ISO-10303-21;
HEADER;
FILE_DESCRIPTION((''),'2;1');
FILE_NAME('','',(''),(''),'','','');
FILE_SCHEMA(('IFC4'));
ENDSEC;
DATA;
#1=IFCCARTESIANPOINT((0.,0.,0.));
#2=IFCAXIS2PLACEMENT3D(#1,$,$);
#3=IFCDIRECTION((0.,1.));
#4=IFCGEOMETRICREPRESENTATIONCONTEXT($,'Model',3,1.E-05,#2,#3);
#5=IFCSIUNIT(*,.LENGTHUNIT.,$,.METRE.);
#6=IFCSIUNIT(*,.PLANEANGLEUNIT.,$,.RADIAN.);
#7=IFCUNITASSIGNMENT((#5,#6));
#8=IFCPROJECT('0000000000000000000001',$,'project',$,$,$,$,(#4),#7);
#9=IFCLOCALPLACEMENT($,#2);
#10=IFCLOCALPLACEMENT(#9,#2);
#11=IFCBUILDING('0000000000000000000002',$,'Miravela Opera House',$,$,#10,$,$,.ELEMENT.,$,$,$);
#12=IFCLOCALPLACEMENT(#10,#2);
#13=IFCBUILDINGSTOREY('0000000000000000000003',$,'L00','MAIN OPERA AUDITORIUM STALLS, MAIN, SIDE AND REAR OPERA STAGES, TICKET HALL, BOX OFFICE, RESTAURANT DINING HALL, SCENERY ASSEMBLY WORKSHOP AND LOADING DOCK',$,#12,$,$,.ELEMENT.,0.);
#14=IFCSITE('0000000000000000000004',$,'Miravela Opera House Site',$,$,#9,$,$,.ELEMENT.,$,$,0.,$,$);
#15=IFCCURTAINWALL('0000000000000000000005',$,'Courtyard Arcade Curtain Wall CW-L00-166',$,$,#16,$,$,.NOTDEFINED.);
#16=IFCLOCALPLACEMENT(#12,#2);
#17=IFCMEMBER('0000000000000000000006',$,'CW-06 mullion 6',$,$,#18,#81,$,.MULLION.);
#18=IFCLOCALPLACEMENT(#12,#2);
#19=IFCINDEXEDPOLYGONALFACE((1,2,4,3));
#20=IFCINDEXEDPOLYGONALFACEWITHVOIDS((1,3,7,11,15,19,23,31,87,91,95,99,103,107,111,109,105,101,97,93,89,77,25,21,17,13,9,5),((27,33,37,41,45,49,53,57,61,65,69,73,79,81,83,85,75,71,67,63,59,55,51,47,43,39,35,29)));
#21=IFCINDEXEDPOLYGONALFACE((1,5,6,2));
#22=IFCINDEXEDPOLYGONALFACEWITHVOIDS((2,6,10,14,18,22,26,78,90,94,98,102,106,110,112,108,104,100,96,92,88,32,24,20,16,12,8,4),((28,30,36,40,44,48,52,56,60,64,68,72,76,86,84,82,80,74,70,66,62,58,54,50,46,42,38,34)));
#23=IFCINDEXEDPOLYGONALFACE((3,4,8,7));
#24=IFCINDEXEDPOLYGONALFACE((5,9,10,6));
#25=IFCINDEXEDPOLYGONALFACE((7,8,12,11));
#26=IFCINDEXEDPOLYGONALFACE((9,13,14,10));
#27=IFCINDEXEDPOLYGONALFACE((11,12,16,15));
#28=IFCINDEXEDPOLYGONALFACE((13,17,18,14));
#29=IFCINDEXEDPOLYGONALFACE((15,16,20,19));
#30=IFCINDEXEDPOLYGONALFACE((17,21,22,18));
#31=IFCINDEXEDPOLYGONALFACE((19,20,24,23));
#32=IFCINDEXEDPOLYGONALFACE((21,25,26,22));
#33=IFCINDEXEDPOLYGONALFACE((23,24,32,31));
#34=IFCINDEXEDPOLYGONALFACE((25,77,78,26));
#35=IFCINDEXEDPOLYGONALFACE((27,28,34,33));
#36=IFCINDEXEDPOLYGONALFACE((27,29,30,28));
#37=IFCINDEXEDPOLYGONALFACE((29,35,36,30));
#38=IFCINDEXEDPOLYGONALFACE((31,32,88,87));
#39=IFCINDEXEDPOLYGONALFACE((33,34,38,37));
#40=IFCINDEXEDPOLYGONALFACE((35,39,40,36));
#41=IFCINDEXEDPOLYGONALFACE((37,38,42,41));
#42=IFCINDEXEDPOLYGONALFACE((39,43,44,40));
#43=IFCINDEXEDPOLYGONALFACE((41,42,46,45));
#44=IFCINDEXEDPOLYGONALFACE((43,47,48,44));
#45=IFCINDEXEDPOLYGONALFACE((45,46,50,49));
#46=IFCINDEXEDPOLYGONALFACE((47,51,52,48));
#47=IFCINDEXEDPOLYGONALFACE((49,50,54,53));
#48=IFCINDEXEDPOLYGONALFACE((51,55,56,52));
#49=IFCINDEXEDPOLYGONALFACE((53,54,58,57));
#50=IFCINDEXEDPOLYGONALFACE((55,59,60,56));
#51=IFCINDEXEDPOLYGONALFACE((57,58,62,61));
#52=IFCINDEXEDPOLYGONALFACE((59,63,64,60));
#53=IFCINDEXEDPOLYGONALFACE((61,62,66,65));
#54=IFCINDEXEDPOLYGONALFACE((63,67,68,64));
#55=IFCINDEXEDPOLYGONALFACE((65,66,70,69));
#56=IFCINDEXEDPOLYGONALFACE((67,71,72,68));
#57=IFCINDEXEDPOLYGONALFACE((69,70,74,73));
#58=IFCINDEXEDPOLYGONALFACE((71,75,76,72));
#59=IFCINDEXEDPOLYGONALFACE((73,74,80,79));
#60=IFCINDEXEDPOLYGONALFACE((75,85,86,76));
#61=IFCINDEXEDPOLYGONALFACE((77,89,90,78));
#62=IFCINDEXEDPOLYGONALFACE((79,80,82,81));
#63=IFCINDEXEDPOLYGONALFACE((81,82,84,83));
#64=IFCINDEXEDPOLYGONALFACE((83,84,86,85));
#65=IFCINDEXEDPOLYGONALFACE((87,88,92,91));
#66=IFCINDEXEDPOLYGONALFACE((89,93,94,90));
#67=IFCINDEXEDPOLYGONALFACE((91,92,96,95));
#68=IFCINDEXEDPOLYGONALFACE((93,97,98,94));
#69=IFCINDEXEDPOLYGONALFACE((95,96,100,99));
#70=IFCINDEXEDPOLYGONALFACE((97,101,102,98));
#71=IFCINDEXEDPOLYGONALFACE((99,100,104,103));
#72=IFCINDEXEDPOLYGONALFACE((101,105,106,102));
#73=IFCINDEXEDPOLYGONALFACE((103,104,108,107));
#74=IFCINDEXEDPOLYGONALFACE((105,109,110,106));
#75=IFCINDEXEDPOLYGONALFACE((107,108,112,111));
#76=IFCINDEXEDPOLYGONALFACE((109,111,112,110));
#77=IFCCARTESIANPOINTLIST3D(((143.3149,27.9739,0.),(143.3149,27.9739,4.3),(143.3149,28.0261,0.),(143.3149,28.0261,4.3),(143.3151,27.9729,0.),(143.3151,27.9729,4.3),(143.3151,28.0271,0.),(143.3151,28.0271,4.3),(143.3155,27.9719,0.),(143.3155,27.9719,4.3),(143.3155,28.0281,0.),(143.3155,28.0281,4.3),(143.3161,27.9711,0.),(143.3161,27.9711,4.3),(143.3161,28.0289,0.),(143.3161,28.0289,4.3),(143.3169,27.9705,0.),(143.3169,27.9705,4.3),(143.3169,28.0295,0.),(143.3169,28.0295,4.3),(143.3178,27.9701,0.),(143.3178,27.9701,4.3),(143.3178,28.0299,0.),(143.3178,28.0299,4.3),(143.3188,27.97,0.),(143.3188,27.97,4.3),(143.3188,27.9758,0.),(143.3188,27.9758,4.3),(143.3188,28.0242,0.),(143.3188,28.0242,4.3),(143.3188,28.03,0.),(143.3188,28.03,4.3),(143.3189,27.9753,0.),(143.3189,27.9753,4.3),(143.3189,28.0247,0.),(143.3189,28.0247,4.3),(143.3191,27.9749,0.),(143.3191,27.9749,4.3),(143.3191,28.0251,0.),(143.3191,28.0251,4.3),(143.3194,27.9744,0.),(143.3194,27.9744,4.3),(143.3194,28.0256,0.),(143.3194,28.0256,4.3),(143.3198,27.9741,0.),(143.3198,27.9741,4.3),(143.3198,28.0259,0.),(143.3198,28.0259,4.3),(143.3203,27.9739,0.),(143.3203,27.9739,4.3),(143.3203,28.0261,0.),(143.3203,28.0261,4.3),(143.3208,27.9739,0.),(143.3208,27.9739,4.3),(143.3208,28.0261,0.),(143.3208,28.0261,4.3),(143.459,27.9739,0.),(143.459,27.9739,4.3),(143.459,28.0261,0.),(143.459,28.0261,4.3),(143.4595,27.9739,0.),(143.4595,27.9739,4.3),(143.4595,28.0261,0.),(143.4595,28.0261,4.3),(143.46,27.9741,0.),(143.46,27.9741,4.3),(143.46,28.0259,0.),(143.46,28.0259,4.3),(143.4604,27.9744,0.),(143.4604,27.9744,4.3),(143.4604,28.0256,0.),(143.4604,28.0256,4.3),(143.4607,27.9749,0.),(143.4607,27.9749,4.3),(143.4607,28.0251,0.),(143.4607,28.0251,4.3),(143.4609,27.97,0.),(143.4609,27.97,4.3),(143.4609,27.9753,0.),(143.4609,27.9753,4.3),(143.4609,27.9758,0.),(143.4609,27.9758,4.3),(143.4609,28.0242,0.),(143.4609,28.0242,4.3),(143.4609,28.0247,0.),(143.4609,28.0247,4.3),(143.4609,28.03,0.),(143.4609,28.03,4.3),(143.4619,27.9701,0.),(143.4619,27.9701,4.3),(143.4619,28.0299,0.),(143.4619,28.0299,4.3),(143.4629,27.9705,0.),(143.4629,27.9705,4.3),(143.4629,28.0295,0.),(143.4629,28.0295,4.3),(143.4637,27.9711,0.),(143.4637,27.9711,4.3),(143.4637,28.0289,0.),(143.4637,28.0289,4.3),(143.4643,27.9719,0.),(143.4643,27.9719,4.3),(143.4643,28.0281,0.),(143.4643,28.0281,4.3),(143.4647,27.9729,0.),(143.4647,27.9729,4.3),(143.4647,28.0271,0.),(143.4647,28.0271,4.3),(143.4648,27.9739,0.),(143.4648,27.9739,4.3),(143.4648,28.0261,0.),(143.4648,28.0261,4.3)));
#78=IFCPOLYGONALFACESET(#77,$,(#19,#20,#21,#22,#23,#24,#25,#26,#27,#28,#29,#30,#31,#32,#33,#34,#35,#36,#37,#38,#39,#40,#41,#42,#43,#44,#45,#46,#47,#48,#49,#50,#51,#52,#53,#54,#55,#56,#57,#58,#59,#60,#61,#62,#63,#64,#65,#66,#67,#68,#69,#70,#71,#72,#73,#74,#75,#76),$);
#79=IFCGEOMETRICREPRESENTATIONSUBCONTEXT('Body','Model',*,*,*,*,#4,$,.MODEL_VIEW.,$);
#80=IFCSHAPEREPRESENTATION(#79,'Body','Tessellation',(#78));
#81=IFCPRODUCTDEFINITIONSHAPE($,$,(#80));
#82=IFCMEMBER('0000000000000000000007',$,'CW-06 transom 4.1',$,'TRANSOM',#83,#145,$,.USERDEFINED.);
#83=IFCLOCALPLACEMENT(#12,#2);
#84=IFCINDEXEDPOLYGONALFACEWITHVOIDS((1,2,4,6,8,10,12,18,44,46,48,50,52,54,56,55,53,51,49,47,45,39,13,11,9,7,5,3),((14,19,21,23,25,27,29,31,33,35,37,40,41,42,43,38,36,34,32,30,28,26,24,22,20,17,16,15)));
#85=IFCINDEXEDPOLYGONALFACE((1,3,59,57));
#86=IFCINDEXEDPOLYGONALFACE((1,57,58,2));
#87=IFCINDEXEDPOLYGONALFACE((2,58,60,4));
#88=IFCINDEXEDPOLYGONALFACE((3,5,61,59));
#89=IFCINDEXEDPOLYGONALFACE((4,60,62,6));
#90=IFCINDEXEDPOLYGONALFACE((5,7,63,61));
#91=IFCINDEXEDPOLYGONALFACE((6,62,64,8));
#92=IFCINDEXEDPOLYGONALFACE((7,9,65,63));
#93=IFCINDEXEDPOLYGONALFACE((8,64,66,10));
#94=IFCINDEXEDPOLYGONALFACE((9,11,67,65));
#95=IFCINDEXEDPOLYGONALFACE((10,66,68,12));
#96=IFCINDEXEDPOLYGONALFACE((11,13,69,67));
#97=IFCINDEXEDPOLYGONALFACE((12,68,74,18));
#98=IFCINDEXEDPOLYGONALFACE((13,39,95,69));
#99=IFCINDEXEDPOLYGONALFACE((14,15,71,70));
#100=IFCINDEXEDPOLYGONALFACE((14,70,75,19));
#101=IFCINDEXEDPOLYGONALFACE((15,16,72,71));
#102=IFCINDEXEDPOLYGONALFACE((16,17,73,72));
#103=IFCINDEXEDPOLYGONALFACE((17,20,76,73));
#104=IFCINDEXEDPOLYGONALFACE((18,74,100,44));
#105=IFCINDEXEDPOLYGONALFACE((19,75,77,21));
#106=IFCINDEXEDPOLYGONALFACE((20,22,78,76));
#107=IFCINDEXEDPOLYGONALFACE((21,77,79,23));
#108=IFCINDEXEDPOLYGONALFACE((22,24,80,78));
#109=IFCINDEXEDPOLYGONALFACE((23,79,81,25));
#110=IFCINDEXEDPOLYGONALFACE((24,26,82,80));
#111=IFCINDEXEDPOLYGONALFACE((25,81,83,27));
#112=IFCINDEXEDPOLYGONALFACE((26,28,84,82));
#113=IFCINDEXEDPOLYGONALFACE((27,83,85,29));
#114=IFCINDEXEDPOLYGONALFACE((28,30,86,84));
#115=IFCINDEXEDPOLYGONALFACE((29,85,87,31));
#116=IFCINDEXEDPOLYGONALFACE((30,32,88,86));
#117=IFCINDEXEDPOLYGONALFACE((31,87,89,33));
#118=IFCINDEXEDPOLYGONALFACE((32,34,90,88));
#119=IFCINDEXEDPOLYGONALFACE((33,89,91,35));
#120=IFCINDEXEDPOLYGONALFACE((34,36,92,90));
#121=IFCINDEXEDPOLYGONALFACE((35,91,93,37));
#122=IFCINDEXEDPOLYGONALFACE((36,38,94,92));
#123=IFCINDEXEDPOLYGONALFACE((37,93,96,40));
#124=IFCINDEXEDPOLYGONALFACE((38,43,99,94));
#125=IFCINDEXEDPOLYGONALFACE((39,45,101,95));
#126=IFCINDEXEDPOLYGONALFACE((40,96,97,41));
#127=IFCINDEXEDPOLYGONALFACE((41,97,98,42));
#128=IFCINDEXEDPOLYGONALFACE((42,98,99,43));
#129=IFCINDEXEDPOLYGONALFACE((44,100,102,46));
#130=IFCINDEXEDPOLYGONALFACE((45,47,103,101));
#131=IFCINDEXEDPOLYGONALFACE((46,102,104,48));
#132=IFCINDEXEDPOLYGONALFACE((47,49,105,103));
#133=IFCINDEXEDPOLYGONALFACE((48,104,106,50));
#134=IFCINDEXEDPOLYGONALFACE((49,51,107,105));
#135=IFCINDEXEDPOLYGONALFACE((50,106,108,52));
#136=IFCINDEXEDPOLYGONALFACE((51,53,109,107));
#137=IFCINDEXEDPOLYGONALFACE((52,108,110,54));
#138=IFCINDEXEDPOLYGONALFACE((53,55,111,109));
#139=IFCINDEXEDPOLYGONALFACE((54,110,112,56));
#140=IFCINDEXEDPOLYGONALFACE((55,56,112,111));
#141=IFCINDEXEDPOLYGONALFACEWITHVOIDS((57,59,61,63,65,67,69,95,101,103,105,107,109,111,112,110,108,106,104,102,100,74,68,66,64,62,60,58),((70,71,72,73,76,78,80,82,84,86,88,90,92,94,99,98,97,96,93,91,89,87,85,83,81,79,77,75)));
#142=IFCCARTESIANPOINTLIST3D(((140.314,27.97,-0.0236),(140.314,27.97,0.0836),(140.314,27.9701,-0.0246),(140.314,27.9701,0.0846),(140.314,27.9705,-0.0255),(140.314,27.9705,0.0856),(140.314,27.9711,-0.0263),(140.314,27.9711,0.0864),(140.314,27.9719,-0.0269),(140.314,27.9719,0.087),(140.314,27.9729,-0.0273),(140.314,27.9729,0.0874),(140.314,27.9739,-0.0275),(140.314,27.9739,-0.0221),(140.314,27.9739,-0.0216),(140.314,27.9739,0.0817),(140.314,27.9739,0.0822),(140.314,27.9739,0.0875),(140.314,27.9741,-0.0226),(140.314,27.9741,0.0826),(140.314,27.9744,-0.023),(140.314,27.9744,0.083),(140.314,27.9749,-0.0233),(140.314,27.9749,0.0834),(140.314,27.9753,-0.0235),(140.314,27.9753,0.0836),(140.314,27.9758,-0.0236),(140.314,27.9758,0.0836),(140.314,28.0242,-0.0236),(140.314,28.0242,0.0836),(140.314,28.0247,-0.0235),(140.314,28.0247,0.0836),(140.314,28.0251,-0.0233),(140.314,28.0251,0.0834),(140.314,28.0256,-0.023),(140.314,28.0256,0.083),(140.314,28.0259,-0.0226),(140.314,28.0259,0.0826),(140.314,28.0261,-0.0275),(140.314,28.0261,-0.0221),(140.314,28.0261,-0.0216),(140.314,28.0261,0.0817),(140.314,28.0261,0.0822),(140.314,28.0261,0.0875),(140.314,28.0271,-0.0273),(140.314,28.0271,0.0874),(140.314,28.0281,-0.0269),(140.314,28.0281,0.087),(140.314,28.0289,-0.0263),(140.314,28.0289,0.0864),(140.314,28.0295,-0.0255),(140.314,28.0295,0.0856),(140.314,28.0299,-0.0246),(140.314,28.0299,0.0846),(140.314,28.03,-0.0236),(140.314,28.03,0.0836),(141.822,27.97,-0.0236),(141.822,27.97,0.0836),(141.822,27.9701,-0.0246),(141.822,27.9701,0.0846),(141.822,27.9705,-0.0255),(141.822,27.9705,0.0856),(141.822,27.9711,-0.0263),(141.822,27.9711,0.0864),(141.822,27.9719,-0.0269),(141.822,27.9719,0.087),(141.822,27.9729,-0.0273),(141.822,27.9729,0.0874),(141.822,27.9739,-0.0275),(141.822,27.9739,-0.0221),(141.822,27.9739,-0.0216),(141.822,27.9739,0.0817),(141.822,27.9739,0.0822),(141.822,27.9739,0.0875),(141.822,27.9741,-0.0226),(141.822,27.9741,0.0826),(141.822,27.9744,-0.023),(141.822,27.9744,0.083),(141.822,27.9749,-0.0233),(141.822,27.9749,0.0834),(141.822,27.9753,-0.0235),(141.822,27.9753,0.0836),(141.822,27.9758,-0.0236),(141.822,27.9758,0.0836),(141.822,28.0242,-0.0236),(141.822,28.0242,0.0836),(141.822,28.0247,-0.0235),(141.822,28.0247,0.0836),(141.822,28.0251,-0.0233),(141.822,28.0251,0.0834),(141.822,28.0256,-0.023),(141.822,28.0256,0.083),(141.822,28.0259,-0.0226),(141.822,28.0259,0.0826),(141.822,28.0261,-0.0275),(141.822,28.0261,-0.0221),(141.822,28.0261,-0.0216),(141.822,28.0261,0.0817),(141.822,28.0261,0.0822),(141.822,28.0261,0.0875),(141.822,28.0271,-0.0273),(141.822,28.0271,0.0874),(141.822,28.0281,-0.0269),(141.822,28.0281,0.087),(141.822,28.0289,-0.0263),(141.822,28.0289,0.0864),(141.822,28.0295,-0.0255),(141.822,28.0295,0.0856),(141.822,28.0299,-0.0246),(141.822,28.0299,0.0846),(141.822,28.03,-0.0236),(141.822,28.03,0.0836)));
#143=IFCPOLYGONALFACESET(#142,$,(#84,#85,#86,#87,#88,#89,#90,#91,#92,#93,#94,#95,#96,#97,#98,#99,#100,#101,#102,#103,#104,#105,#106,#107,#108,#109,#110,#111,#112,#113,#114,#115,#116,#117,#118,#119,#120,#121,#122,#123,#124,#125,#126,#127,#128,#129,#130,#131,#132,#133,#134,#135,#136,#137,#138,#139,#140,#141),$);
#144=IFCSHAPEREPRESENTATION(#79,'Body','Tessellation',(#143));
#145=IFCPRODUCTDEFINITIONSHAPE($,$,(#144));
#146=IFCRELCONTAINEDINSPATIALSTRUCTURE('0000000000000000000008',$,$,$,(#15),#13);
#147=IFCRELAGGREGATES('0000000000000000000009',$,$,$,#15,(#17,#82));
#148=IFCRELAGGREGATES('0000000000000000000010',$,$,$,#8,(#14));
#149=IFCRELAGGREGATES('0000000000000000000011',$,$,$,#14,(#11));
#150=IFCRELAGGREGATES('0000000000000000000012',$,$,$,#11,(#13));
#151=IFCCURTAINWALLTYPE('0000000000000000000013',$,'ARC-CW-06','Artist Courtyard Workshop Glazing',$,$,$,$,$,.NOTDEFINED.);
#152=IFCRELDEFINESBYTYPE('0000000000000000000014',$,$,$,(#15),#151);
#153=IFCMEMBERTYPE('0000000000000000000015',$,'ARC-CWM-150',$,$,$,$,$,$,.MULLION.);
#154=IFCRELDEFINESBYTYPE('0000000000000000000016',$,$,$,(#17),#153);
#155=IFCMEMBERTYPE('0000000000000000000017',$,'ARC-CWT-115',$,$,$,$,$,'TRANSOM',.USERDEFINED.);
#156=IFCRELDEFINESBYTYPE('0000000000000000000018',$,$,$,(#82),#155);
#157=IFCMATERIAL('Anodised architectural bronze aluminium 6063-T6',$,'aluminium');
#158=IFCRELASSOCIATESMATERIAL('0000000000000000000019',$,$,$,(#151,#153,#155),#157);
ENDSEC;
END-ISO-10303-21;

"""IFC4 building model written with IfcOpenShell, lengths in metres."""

from ifc_helpers import new_model, si_unit, direction, frame, origin, origin_2d, place, context, subcontext, project, spatial, hollow_rectangle, extrude, material, material_profile, profile_set, type_object, element, aggregate, save


model = new_model("IFC4")

# Units and contexts
model_context = context("Model", 3, precision=1e-05, world=origin(), true_north=direction((0.0, 1.0)))
body_context = subcontext(model_context, "Body", "Model", "MODEL_VIEW")
ifc_project = project(units=[si_unit("LENGTHUNIT", "METRE"), si_unit("PLANEANGLEUNIT", "RADIAN")], contexts=[model_context])

# Site, building, storey
site_placement = place(None, origin())
site = spatial("IfcSite", under=ifc_project, at=site_placement, Name="Miravela Opera House Site", CompositionType="ELEMENT", RefElevation=0.0)
building_placement = place(site_placement, origin())
building = spatial("IfcBuilding", under=site, at=building_placement, Name="Miravela Opera House", CompositionType="ELEMENT")
storey_placement = place(building_placement, origin())
storey = spatial("IfcBuildingStorey", under=building, at=storey_placement, Name="L00", Description="MAIN OPERA AUDITORIUM STALLS, MAIN, SIDE AND REAR OPERA STAGES, TICKET HALL, BOX OFFICE, RESTAURANT DINING HALL, SCENERY ASSEMBLY WORKSHOP AND LOADING DOCK", CompositionType="ELEMENT", Elevation=0.0)

# Curtain wall, members
ifc_material_1 = material(Name="Anodised architectural bronze aluminium 6063-T6", Category="aluminium")
curtain_wall_type = type_object("IfcCurtainWallType", Name="ARC-CW-06", Description="Artist Courtyard Workshop Glazing", PredefinedType="NOTDEFINED", material=ifc_material_1)
curtain_wall_placement = place(storey_placement, origin())
curtain_wall = element("IfcCurtainWall", 1, at=curtain_wall_placement, inside=storey, type_object=curtain_wall_type, Name="Courtyard Arcade Curtain Wall CW-L00-166", PredefinedType="NOTDEFINED")
ifc_material_profile_1 = material_profile(ifc_material_1, hollow_rectangle(XDim=0.0601, YDim=0.1499, WallThickness=0.0039, InnerFilletRadius=0.002, OuterFilletRadius=0.0039, at=origin_2d()), Name="CWM-60X150")
ifc_profile_set_1 = profile_set([ifc_material_profile_1])
member_type_1 = type_object("IfcMemberType", Name="ARC-CWM-150", PredefinedType="MULLION", material=ifc_profile_set_1)
member_1_placement = place(storey_placement, frame((143.3899, 28.0, 0.0), z_axis=(0.0, 0.0, 1.0), x_axis=(0.0, 1.0, 0.0)))
member_1 = element("IfcMember", 2, at=member_1_placement, type_object=member_type_1, Name="CW-06 mullion 6", PredefinedType="MULLION", context=body_context, shape_type="SweptSolid", body=[
    extrude(hollow_rectangle(XDim=0.0601, YDim=0.1499, WallThickness=0.0039, InnerFilletRadius=0.002, OuterFilletRadius=0.0039, at=origin_2d()), origin(), (0.0, 0.0, 1.0), 4.3),
])
ifc_material_profile_2 = material_profile(ifc_material_1, hollow_rectangle(XDim=0.0601, YDim=0.115, WallThickness=0.0039, InnerFilletRadius=0.002, OuterFilletRadius=0.0039, at=origin_2d()), Name="CWT-60X115")
ifc_profile_set_2 = profile_set([ifc_material_profile_2])
member_type_2 = type_object("IfcMemberType", Name="ARC-CWT-115", ElementType="TRANSOM", PredefinedType="USERDEFINED", material=ifc_profile_set_2)
member_2_placement = place(storey_placement, frame((140.314, 28.0, 0.03), z_axis=(1.0, 0.0, 0.0), x_axis=(0.0, 1.0, 0.0)))
member_2 = element("IfcMember", 3, at=member_2_placement, type_object=member_type_2, Name="CW-06 transom 4.1", ObjectType="TRANSOM", PredefinedType="USERDEFINED", context=body_context, shape_type="SweptSolid", body=[
    extrude(hollow_rectangle(XDim=0.0601, YDim=0.115, WallThickness=0.0039, InnerFilletRadius=0.002, OuterFilletRadius=0.0039, at=origin_2d()), origin(), (0.0, 0.0, 1.0), 1.5081),
])
aggregate(curtain_wall, [member_1, member_2])

save(model, "model.ifc")
